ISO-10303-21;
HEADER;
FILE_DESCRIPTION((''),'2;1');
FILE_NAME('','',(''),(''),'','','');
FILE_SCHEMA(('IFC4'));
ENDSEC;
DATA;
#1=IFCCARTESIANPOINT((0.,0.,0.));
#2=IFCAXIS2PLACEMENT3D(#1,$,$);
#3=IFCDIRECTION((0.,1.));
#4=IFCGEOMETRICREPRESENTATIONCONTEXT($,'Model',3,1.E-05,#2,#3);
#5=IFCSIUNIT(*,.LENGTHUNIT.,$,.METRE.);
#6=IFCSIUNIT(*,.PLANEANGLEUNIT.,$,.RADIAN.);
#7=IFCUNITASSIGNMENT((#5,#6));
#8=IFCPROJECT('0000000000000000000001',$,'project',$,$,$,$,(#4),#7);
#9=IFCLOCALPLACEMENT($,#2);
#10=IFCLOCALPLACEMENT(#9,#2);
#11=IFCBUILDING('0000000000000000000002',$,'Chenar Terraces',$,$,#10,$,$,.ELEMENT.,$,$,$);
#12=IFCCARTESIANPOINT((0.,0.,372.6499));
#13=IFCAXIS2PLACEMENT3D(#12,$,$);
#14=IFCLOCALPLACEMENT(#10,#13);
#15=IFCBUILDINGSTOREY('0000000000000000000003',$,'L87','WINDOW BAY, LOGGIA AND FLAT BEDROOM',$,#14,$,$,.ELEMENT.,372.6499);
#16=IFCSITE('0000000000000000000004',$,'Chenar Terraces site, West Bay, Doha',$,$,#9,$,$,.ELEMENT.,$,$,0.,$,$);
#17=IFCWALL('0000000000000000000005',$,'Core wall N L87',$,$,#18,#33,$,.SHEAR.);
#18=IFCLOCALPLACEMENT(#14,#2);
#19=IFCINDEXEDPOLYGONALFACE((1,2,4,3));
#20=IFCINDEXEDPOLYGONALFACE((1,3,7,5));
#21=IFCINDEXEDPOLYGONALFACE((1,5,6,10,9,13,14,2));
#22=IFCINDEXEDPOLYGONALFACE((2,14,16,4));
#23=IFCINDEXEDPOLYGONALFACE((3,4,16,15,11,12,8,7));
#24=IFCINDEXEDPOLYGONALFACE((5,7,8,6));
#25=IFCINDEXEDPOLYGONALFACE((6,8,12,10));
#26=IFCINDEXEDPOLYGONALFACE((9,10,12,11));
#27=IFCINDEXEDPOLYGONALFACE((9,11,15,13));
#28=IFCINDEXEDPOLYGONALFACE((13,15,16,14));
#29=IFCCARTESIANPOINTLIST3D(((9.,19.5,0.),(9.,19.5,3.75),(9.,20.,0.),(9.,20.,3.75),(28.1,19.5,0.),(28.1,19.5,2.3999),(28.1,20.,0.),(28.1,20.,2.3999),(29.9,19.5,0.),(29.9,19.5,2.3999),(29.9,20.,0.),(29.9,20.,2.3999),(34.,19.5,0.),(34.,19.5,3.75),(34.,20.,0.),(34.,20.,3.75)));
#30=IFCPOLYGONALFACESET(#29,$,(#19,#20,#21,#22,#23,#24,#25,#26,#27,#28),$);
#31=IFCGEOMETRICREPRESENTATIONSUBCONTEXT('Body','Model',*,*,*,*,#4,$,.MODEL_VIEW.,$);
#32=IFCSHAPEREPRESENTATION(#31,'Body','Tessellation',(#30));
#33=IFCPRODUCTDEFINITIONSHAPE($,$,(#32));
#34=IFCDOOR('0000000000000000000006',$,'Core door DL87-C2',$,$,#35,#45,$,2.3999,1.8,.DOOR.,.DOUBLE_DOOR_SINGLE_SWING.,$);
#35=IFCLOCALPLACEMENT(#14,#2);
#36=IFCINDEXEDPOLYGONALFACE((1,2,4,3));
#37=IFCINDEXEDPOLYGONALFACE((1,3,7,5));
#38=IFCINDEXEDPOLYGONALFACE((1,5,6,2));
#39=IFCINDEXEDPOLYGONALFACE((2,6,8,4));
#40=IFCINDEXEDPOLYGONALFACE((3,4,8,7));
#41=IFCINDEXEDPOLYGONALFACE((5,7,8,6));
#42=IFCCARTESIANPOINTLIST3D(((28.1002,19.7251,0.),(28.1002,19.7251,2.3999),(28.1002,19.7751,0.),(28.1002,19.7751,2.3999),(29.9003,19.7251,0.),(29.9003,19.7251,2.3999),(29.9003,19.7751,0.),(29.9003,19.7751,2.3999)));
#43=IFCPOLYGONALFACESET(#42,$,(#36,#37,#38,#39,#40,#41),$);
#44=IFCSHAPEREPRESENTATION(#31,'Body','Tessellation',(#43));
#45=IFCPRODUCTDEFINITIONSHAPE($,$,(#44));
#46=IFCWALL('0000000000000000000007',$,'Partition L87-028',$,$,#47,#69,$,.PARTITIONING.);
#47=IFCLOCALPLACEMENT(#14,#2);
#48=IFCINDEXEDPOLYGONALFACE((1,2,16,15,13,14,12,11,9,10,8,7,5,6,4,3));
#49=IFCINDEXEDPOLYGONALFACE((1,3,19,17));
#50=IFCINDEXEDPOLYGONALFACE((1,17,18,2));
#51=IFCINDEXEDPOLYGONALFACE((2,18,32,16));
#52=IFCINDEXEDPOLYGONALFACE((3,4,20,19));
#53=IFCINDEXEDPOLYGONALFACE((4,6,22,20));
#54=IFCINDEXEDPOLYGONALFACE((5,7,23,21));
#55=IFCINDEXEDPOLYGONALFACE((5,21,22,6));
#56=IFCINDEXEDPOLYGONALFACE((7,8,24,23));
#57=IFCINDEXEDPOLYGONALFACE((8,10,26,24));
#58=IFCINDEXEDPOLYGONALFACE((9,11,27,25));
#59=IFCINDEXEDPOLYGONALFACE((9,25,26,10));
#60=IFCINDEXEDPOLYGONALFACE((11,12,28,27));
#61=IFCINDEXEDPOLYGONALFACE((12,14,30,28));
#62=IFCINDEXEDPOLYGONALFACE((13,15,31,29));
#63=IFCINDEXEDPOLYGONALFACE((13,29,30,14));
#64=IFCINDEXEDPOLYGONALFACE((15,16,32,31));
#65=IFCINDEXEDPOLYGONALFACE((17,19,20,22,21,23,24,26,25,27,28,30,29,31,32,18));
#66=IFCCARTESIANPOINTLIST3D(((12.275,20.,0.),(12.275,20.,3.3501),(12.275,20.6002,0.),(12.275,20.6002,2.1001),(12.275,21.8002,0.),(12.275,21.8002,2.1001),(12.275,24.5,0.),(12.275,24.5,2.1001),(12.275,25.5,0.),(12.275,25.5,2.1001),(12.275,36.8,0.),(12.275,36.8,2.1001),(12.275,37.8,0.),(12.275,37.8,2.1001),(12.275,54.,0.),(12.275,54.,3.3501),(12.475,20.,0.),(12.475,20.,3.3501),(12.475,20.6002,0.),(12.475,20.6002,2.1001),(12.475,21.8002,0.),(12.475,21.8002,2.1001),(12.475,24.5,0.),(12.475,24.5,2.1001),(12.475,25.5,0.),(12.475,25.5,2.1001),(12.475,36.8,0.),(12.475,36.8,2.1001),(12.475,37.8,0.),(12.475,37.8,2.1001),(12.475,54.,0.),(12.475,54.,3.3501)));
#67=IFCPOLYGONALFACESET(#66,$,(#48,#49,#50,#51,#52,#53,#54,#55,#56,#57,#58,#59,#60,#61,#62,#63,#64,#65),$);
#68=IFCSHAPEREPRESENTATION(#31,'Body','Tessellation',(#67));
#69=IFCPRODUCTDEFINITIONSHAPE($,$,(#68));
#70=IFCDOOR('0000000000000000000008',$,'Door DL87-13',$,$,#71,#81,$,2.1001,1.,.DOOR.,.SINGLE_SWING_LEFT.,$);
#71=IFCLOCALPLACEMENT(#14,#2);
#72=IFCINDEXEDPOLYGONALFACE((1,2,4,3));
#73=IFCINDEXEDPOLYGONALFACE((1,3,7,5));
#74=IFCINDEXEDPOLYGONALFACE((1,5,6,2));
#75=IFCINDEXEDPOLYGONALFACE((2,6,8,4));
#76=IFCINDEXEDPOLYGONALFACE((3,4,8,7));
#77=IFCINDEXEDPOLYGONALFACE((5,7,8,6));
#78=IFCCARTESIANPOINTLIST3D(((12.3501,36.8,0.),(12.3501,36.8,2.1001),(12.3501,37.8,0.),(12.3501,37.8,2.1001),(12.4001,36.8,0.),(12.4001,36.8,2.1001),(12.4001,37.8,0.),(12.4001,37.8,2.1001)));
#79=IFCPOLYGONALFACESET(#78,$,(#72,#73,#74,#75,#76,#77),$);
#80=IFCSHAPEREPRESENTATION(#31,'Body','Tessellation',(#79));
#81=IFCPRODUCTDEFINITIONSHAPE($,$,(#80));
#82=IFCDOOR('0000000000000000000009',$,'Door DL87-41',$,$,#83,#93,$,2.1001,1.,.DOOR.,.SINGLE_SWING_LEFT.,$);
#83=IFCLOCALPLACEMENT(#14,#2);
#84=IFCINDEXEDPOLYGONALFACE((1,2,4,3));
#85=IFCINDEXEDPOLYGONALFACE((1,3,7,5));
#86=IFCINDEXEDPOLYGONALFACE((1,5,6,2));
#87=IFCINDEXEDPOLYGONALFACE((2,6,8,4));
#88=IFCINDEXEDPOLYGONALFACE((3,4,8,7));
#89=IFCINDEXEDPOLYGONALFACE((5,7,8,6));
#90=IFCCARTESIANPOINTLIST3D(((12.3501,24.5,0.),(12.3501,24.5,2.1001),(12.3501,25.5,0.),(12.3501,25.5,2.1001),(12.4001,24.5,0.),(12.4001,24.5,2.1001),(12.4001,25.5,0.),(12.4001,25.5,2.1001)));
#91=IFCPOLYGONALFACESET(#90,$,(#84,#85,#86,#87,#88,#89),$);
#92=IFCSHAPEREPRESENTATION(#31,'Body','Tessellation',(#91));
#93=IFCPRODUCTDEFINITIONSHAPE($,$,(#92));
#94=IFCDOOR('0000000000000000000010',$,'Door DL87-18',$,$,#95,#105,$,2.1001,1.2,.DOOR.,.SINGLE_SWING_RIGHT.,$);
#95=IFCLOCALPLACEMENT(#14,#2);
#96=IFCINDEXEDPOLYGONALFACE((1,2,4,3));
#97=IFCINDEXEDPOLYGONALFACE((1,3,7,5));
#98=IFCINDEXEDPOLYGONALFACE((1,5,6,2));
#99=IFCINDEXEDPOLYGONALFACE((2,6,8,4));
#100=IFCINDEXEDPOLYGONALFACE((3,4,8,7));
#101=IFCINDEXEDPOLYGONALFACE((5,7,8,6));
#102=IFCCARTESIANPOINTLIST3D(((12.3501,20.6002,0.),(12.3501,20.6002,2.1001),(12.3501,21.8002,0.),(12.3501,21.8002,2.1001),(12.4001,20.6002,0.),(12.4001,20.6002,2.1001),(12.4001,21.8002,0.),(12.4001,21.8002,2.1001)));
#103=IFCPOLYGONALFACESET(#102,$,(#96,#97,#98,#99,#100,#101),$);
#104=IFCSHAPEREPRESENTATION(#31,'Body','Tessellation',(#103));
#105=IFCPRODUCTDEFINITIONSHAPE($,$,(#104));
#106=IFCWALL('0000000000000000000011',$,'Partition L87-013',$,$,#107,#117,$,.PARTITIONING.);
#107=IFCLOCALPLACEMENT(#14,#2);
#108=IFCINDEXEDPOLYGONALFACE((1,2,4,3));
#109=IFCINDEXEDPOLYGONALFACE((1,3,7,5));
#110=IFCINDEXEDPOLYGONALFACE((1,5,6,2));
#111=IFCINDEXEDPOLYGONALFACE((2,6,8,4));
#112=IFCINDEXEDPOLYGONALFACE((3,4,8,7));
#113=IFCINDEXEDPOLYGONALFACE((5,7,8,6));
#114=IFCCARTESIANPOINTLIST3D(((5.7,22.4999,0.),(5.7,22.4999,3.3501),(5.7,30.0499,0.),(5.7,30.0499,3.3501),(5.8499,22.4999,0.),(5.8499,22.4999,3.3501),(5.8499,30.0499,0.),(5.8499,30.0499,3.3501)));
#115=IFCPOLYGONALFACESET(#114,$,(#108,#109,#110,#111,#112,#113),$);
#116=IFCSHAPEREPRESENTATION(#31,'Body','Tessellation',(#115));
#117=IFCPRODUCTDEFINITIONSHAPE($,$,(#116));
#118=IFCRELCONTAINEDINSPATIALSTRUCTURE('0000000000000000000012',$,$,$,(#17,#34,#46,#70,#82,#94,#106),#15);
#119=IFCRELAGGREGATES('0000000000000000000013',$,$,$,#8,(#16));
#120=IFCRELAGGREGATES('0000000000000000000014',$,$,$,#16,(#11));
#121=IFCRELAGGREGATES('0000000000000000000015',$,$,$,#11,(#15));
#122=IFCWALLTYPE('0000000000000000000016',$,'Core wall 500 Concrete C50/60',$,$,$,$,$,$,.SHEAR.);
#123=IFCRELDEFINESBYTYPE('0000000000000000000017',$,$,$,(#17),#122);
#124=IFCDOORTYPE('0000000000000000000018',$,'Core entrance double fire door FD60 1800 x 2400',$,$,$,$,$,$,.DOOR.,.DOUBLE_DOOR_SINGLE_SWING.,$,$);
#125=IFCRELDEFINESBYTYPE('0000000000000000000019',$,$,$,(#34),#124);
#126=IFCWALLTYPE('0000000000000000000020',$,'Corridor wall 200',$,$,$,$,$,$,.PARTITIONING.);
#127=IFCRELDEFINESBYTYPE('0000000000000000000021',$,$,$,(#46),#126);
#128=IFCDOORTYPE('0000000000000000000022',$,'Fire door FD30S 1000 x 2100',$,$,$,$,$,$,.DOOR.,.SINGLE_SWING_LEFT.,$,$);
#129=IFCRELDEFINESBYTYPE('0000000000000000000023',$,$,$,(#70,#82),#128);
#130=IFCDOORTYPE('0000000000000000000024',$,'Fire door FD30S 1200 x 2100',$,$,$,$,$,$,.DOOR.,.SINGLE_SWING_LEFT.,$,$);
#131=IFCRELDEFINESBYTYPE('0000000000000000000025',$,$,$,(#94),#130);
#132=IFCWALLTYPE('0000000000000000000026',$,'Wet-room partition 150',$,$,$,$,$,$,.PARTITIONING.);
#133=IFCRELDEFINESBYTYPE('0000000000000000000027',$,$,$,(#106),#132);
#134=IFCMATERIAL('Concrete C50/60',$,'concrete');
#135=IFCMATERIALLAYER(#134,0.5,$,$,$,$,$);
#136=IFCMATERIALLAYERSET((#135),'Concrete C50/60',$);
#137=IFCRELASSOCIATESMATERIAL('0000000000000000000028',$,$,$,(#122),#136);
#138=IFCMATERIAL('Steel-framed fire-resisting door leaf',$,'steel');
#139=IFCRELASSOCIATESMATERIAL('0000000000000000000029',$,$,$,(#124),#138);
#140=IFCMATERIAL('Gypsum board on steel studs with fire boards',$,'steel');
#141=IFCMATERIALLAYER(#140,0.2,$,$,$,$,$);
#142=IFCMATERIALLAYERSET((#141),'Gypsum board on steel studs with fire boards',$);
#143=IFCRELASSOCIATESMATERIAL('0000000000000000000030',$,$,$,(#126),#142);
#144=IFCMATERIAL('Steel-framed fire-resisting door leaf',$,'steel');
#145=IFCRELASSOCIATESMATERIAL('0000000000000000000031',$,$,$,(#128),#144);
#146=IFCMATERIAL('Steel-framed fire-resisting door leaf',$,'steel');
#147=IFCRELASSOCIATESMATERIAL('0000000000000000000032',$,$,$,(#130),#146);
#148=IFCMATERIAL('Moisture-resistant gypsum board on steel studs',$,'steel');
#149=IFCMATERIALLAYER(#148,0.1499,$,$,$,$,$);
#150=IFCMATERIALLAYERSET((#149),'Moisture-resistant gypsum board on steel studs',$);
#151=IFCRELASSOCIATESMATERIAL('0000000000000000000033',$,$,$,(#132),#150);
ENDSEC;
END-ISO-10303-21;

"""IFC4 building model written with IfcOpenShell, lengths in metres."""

from ifc_helpers import new_model, si_unit, direction, frame, frame_2d, origin, place, context, subcontext, project, spatial, rectangle, extrude, material, layer, layer_set, type_object, element, fill, save


model = new_model("IFC4")

# Units and contexts
model_context = context("Model", 3, precision=1e-05, world=origin(), true_north=direction((0.0, 1.0)))
body_context = subcontext(model_context, "Body", "Model", "MODEL_VIEW")
ifc_project = project(units=[si_unit("LENGTHUNIT", "METRE"), si_unit("PLANEANGLEUNIT", "RADIAN")], contexts=[model_context])

# Site, building, storey
site_placement = place(None, origin())
site = spatial("IfcSite", under=ifc_project, at=site_placement, Name="Chenar Terraces site, West Bay, Doha", CompositionType="ELEMENT", RefElevation=0.0)
building_placement = place(site_placement, origin())
building = spatial("IfcBuilding", under=site, at=building_placement, Name="Chenar Terraces", CompositionType="ELEMENT")
storey_placement = place(building_placement, frame((0.0, 0.0, 372.6499)))
storey = spatial("IfcBuildingStorey", under=building, at=storey_placement, Name="L87", Description="WINDOW BAY, LOGGIA AND FLAT BEDROOM", CompositionType="ELEMENT", Elevation=372.6499)

# Wall, opening, door
ifc_material_1 = material(Name="Concrete C50/60", Category="concrete")
ifc_layer_1 = layer(ifc_material_1, 0.5)
ifc_layer_set_1 = layer_set([ifc_layer_1], Name="Concrete C50/60")
wall_type_1 = type_object("IfcWallType", Name="Core wall 500 Concrete C50/60", PredefinedType="SHEAR", material=ifc_layer_set_1)
wall_1_placement = place(storey_placement, frame((9.0, 19.75, 0.0), z_axis=(0.0, 0.0, 1.0), x_axis=(1.0, 0.0, 0.0)))
wall_1 = element("IfcWall", 1, at=wall_1_placement, inside=storey, type_object=wall_type_1, Name="Core wall N L87", PredefinedType="SHEAR", context=body_context, shape_type="SweptSolid", body=[
    extrude(rectangle(XDim=25.0, YDim=0.5, at=frame_2d((12.5, 0.0))), origin(), (0.0, 0.0, 1.0), 3.75),
])
opening_1_placement = place(wall_1_placement, frame((19.1001, 0.0, 0.0)))
opening_1 = element("IfcOpeningElement", 2, at=opening_1_placement, cuts=wall_1, PredefinedType="OPENING", context=body_context, shape_type="SweptSolid", body=[
    extrude(rectangle(XDim=1.8, YDim=2.3999, at=frame_2d((0.8999, 1.2))), frame((0.0, 0.26, 0.0), z_axis=(0.0, -1.0, 0.0), x_axis=(1.0, 0.0, 0.0)), (0.0, 0.0, 1.0), 0.52),
])
ifc_material_2 = material(Name="Steel-framed fire-resisting door leaf", Category="steel")
door_type_1 = type_object("IfcDoorType", Name="Core entrance double fire door FD60 1800 x 2400", OperationType="DOUBLE_DOOR_SINGLE_SWING", PredefinedType="DOOR", material=ifc_material_2)
door_1_placement = place(opening_1_placement, frame((1.8, 0.0, 0.0), z_axis=(0.0, 0.0, 1.0), x_axis=(-1.0, 0.0, 0.0)))
door_1 = element("IfcDoor", 3, at=door_1_placement, inside=storey, type_object=door_type_1, Name="Core door DL87-C2", OperationType="DOUBLE_DOOR_SINGLE_SWING", OverallHeight=2.3999, OverallWidth=1.8, PredefinedType="DOOR", context=body_context, shape_type="SweptSolid", body=[
    extrude(rectangle(XDim=1.8, YDim=2.3999, at=frame_2d((0.8999, 1.2))), frame((0.0, 0.0249, 0.0), z_axis=(0.0, -1.0, 0.0), x_axis=(1.0, 0.0, 0.0)), (0.0, 0.0, 1.0), 0.05),
])
fill(opening_1, door_1)

# Wall, openings, doors
ifc_material_3 = material(Name="Gypsum board on steel studs with fire boards", Category="steel")
ifc_layer_2 = layer(ifc_material_3, 0.2)
ifc_layer_set_2 = layer_set([ifc_layer_2], Name="Gypsum board on steel studs with fire boards")
wall_type_2 = type_object("IfcWallType", Name="Corridor wall 200", PredefinedType="PARTITIONING", material=ifc_layer_set_2)
wall_2_placement = place(storey_placement, frame((12.375, 20.0, 0.0), z_axis=(0.0, 0.0, 1.0), x_axis=(0.0, 1.0, 0.0)))
wall_2 = element("IfcWall", 4, at=wall_2_placement, inside=storey, type_object=wall_type_2, Name="Partition L87-028", PredefinedType="PARTITIONING", context=body_context, shape_type="SweptSolid", body=[
    extrude(rectangle(XDim=34.0, YDim=0.2, at=frame_2d((17.0, 0.0))), origin(), (0.0, 0.0, 1.0), 3.3501),
])
opening_2_placement = place(wall_2_placement, frame((16.8, 0.0, 0.0)))
opening_2 = element("IfcOpeningElement", 5, at=opening_2_placement, cuts=wall_2, PredefinedType="OPENING", context=body_context, shape_type="SweptSolid", body=[
    extrude(rectangle(XDim=1.0, YDim=2.1001, at=frame_2d((0.5, 1.05))), frame((0.0, 0.1099, 0.0), z_axis=(0.0, -1.0, 0.0), x_axis=(1.0, 0.0, 0.0)), (0.0, 0.0, 1.0), 0.22),
])
opening_3_placement = place(wall_2_placement, frame((0.6001, 0.0, 0.0)))
opening_3 = element("IfcOpeningElement", 6, at=opening_3_placement, cuts=wall_2, PredefinedType="OPENING", context=body_context, shape_type="SweptSolid", body=[
    extrude(rectangle(XDim=1.2, YDim=2.1001, at=frame_2d((0.6001, 1.05))), frame((0.0, 0.1099, 0.0), z_axis=(0.0, -1.0, 0.0), x_axis=(1.0, 0.0, 0.0)), (0.0, 0.0, 1.0), 0.22),
])
opening_4_placement = place(wall_2_placement, frame((4.5, 0.0, 0.0)))
opening_4 = element("IfcOpeningElement", 7, at=opening_4_placement, cuts=wall_2, PredefinedType="OPENING", context=body_context, shape_type="SweptSolid", body=[
    extrude(rectangle(XDim=1.0, YDim=2.1001, at=frame_2d((0.5, 1.05))), frame((0.0, 0.1099, 0.0), z_axis=(0.0, -1.0, 0.0), x_axis=(1.0, 0.0, 0.0)), (0.0, 0.0, 1.0), 0.22),
])
ifc_material_4 = material(Name="Steel-framed fire-resisting door leaf", Category="steel")
door_type_2 = type_object("IfcDoorType", Name="Fire door FD30S 1000 x 2100", OperationType="SINGLE_SWING_LEFT", PredefinedType="DOOR", material=ifc_material_4)
door_2_placement = place(opening_2_placement, origin())
door_2 = element("IfcDoor", 8, at=door_2_placement, inside=storey, type_object=door_type_2, Name="Door DL87-13", OperationType="SINGLE_SWING_LEFT", OverallHeight=2.1001, OverallWidth=1.0, PredefinedType="DOOR", context=body_context, shape_type="SweptSolid", body=[
    extrude(rectangle(XDim=1.0, YDim=2.1001, at=frame_2d((0.5, 1.05))), frame((0.0, 0.0249, 0.0), z_axis=(0.0, -1.0, 0.0), x_axis=(1.0, 0.0, 0.0)), (0.0, 0.0, 1.0), 0.05),
])
fill(opening_2, door_2)
door_3_placement = place(opening_4_placement, origin())
door_3 = element("IfcDoor", 9, at=door_3_placement, inside=storey, type_object=door_type_2, Name="Door DL87-41", OperationType="SINGLE_SWING_LEFT", OverallHeight=2.1001, OverallWidth=1.0, PredefinedType="DOOR", context=body_context, shape_type="SweptSolid", body=[
    extrude(rectangle(XDim=1.0, YDim=2.1001, at=frame_2d((0.5, 1.05))), frame((0.0, 0.0249, 0.0), z_axis=(0.0, -1.0, 0.0), x_axis=(1.0, 0.0, 0.0)), (0.0, 0.0, 1.0), 0.05),
])
fill(opening_4, door_3)
ifc_material_5 = material(Name="Steel-framed fire-resisting door leaf", Category="steel")
door_type_3 = type_object("IfcDoorType", Name="Fire door FD30S 1200 x 2100", OperationType="SINGLE_SWING_LEFT", PredefinedType="DOOR", material=ifc_material_5)
door_4_placement = place(opening_3_placement, origin())
door_4 = element("IfcDoor", 10, at=door_4_placement, inside=storey, type_object=door_type_3, Name="Door DL87-18", OperationType="SINGLE_SWING_RIGHT", OverallHeight=2.1001, OverallWidth=1.2, PredefinedType="DOOR", context=body_context, shape_type="SweptSolid", body=[
    extrude(rectangle(XDim=1.2, YDim=2.1001, at=frame_2d((0.6001, 1.05))), frame((0.0, 0.0249, 0.0), z_axis=(0.0, -1.0, 0.0), x_axis=(1.0, 0.0, 0.0)), (0.0, 0.0, 1.0), 0.05),
])
fill(opening_3, door_4)

# Wall
ifc_material_6 = material(Name="Moisture-resistant gypsum board on steel studs", Category="steel")
ifc_layer_3 = layer(ifc_material_6, 0.1499)
ifc_layer_set_3 = layer_set([ifc_layer_3], Name="Moisture-resistant gypsum board on steel studs")
wall_type_3 = type_object("IfcWallType", Name="Wet-room partition 150", PredefinedType="PARTITIONING", material=ifc_layer_set_3)
wall_3_placement = place(storey_placement, frame((5.7749, 22.5, 0.0), z_axis=(0.0, 0.0, 1.0), x_axis=(0.0, 1.0, 0.0)))
element("IfcWall", 11, at=wall_3_placement, inside=storey, type_object=wall_type_3, Name="Partition L87-013", PredefinedType="PARTITIONING", context=body_context, shape_type="SweptSolid", body=[
    extrude(rectangle(XDim=7.55, YDim=0.1499, at=frame_2d((3.7749, 0.0))), origin(), (0.0, 0.0, 1.0), 3.3501),
])

save(model, "model.ifc")
